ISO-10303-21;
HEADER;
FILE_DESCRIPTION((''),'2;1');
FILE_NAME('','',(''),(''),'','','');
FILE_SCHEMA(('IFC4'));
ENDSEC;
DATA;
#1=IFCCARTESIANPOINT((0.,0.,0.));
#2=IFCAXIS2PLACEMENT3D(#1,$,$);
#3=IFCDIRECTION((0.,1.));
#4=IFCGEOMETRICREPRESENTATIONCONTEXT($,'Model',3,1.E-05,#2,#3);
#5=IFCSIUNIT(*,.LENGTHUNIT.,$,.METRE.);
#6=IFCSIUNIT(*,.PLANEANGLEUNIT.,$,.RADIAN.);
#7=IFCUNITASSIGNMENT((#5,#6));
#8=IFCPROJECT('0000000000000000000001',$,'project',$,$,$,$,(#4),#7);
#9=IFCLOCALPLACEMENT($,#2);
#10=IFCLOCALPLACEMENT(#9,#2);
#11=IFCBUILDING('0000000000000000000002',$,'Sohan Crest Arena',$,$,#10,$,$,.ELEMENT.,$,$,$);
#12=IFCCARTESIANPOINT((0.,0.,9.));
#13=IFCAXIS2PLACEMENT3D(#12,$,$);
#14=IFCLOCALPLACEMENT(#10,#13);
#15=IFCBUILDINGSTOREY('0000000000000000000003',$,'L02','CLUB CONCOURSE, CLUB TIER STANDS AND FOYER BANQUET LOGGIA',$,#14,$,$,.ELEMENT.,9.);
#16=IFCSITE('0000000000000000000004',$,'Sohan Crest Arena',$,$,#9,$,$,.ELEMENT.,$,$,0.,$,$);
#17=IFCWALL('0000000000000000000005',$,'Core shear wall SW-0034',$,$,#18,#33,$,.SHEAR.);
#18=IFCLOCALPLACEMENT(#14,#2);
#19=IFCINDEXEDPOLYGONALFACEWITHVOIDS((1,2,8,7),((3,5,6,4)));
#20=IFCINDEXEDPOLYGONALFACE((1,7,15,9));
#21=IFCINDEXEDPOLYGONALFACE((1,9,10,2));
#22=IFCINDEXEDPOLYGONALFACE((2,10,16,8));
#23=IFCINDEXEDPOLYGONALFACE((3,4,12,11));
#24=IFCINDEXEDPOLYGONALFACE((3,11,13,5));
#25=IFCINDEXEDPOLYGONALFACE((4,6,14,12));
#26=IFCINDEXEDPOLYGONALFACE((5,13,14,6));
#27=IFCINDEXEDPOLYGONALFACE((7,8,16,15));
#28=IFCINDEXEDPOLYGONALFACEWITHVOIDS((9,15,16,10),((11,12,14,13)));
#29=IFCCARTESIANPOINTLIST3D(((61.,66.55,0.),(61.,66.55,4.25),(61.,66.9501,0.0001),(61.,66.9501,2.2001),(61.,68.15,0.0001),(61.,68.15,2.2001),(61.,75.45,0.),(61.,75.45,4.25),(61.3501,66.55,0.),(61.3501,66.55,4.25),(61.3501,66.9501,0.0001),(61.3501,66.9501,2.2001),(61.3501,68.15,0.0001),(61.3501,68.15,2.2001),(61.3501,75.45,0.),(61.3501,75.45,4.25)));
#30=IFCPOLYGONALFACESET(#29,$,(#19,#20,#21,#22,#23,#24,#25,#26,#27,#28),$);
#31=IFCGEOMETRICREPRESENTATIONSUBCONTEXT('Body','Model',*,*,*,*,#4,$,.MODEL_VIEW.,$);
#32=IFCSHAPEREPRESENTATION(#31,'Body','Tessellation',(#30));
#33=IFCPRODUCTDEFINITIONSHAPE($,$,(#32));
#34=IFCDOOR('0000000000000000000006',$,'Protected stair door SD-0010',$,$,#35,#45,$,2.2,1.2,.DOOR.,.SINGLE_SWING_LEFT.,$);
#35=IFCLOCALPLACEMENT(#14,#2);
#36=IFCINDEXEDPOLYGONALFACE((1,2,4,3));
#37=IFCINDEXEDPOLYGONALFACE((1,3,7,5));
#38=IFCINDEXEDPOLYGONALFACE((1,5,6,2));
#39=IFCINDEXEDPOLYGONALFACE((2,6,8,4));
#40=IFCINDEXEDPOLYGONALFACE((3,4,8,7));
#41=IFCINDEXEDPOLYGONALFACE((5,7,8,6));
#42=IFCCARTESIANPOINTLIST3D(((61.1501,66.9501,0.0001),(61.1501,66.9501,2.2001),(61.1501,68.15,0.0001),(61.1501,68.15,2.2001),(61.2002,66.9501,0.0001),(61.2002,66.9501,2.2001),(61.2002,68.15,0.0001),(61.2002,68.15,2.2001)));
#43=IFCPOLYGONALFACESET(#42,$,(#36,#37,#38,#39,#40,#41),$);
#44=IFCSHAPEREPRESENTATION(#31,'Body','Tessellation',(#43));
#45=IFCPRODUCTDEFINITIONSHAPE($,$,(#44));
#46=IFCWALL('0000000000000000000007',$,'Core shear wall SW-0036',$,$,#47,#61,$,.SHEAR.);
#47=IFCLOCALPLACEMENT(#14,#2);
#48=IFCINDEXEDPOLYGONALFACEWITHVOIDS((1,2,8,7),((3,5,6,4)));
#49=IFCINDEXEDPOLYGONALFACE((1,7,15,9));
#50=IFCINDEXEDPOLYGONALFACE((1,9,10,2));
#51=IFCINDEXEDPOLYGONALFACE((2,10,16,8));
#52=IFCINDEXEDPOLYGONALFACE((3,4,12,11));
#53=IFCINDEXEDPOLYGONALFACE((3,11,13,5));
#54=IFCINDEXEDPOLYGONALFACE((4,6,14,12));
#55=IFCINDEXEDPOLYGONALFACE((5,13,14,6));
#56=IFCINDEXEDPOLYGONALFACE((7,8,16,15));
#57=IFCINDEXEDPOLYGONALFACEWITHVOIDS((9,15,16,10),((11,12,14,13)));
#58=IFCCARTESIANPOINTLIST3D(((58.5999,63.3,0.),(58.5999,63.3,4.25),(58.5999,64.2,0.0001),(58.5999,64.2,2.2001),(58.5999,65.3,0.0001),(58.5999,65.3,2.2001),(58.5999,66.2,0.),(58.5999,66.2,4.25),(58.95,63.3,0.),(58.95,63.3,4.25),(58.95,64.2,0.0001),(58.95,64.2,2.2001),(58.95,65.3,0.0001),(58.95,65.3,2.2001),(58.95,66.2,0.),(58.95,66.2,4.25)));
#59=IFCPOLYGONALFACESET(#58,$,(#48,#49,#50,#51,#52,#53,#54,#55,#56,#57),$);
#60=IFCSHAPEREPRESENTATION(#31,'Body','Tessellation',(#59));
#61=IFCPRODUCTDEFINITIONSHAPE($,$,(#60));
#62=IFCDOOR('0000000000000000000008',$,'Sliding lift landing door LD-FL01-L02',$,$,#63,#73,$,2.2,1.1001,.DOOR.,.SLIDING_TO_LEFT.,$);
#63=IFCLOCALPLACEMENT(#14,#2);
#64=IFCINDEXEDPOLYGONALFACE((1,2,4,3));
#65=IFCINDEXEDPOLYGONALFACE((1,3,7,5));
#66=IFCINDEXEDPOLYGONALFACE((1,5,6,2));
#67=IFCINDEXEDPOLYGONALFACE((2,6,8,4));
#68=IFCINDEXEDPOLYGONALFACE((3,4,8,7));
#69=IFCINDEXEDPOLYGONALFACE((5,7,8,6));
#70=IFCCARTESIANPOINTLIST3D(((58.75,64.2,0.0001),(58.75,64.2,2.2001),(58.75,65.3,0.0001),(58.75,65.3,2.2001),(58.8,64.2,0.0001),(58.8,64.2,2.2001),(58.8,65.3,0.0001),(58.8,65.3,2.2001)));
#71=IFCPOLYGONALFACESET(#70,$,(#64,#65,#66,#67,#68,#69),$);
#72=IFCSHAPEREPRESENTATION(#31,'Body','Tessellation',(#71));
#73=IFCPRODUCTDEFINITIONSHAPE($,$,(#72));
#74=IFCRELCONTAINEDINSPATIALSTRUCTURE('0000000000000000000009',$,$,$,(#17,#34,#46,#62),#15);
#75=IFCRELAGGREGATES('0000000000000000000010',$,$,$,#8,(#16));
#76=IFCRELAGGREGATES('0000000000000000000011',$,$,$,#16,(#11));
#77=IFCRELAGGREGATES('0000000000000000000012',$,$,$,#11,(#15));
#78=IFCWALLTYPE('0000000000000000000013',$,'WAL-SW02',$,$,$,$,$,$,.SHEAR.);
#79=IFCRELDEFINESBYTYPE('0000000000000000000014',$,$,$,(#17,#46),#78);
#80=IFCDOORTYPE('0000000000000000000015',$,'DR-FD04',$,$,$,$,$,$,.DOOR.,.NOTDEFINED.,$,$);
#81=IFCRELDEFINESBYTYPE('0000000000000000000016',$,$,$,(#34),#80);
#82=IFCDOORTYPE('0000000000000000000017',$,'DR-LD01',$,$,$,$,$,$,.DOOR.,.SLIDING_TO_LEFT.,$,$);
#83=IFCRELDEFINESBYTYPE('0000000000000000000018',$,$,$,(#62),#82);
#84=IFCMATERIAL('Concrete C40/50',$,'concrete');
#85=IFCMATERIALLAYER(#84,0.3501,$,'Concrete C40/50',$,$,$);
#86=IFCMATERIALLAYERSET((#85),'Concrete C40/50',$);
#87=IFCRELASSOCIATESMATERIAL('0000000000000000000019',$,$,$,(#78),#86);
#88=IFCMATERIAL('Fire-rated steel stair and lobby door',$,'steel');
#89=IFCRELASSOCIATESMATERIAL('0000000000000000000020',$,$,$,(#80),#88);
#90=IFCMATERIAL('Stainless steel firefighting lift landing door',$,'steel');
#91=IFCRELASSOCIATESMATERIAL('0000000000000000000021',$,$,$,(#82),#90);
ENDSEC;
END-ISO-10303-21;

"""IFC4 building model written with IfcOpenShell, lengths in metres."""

from ifc_helpers import new_model, si_unit, direction, frame, frame_2d, origin, place, context, subcontext, project, spatial, rectangle, extrude, material, layer, layer_set, type_object, element, fill, save


model = new_model("IFC4")

# Units and contexts
model_context = context("Model", 3, precision=1e-05, world=origin(), true_north=direction((0.0, 1.0)))
body_context = subcontext(model_context, "Body", "Model", "MODEL_VIEW")
ifc_project = project(units=[si_unit("LENGTHUNIT", "METRE"), si_unit("PLANEANGLEUNIT", "RADIAN")], contexts=[model_context])

# Site, building, storey
site_placement = place(None, origin())
site = spatial("IfcSite", under=ifc_project, at=site_placement, Name="Sohan Crest Arena", CompositionType="ELEMENT", RefElevation=0.0)
building_placement = place(site_placement, origin())
building = spatial("IfcBuilding", under=site, at=building_placement, Name="Sohan Crest Arena", CompositionType="ELEMENT")
storey_placement = place(building_placement, frame((0.0, 0.0, 9.0)))
storey = spatial("IfcBuildingStorey", under=building, at=storey_placement, Name="L02", Description="CLUB CONCOURSE, CLUB TIER STANDS AND FOYER BANQUET LOGGIA", CompositionType="ELEMENT", Elevation=9.0)

# Walls, openings, doors
ifc_material_1 = material(Name="Concrete C40/50", Category="concrete")
ifc_layer_1 = layer(ifc_material_1, 0.3501, Name="Concrete C40/50")
ifc_layer_set_1 = layer_set([ifc_layer_1], Name="Concrete C40/50")
wall_type = type_object("IfcWallType", Name="WAL-SW02", PredefinedType="SHEAR", material=ifc_layer_set_1)
wall_1_placement = place(storey_placement, frame((61.175, 66.55, 0.0), z_axis=(0.0, 0.0, 1.0), x_axis=(0.0, 1.0, 0.0)))
wall_1 = element("IfcWall", 1, at=wall_1_placement, inside=storey, type_object=wall_type, Name="Core shear wall SW-0034", PredefinedType="SHEAR", context=body_context, shape_type="SweptSolid", body=[
    extrude(rectangle(XDim=8.8999, YDim=0.3501, at=frame_2d((4.45, 0.0))), origin(), (0.0, 0.0, 1.0), 4.25),
])
opening_1_placement = place(wall_1_placement, frame((0.3999, 0.0, 0.0)))
opening_1 = element("IfcOpeningElement", 2, at=opening_1_placement, cuts=wall_1, PredefinedType="OPENING", context=body_context, shape_type="SweptSolid", body=[
    extrude(rectangle(XDim=1.2, YDim=2.2, at=frame_2d((0.6001, 1.1001))), frame((0.0, 0.1851, 0.0), z_axis=(0.0, -1.0, 0.0), x_axis=(1.0, 0.0, 0.0)), (0.0, 0.0, 1.0), 0.3701),
])
ifc_material_2 = material(Name="Fire-rated steel stair and lobby door", Category="steel")
door_type_1 = type_object("IfcDoorType", Name="DR-FD04", OperationType="NOTDEFINED", PredefinedType="DOOR", material=ifc_material_2)
door_1_placement = place(opening_1_placement, origin())
door_1 = element("IfcDoor", 3, at=door_1_placement, inside=storey, type_object=door_type_1, Name="Protected stair door SD-0010", OperationType="SINGLE_SWING_LEFT", OverallHeight=2.2, OverallWidth=1.2, PredefinedType="DOOR", context=body_context, shape_type="SweptSolid", body=[
    extrude(rectangle(XDim=1.2, YDim=2.2, at=frame_2d((0.6001, 1.1001))), frame((0.0, 0.0249, 0.0), z_axis=(0.0, -1.0, 0.0), x_axis=(1.0, 0.0, 0.0)), (0.0, 0.0, 1.0), 0.05),
])
fill(opening_1, door_1)
wall_2_placement = place(storey_placement, frame((58.7749, 63.3, 0.0), z_axis=(0.0, 0.0, 1.0), x_axis=(0.0, 1.0, 0.0)))
wall_2 = element("IfcWall", 4, at=wall_2_placement, inside=storey, type_object=wall_type, Name="Core shear wall SW-0036", PredefinedType="SHEAR", context=body_context, shape_type="SweptSolid", body=[
    extrude(rectangle(XDim=2.8999, YDim=0.3501, at=frame_2d((1.45, 0.0))), origin(), (0.0, 0.0, 1.0), 4.25),
])
opening_2_placement = place(wall_2_placement, frame((0.8999, 0.0, 0.0)))
opening_2 = element("IfcOpeningElement", 5, at=opening_2_placement, cuts=wall_2, PredefinedType="OPENING", context=body_context, shape_type="SweptSolid", body=[
    extrude(rectangle(XDim=1.1001, YDim=2.2, at=frame_2d((0.55, 1.1001))), frame((0.0, 0.1851, 0.0), z_axis=(0.0, -1.0, 0.0), x_axis=(1.0, 0.0, 0.0)), (0.0, 0.0, 1.0), 0.3701),
])
ifc_material_3 = material(Name="Stainless steel firefighting lift landing door", Category="steel")
door_type_2 = type_object("IfcDoorType", Name="DR-LD01", OperationType="SLIDING_TO_LEFT", PredefinedType="DOOR", material=ifc_material_3)
door_2_placement = place(opening_2_placement, origin())
door_2 = element("IfcDoor", 6, at=door_2_placement, inside=storey, type_object=door_type_2, Name="Sliding lift landing door LD-FL01-L02", OperationType="SLIDING_TO_LEFT", OverallHeight=2.2, OverallWidth=1.1001, PredefinedType="DOOR", context=body_context, shape_type="SweptSolid", body=[
    extrude(rectangle(XDim=1.1001, YDim=2.2, at=frame_2d((0.55, 1.1001))), frame((0.0, 0.0249, 0.0), z_axis=(0.0, -1.0, 0.0), x_axis=(1.0, 0.0, 0.0)), (0.0, 0.0, 1.0), 0.05),
])
fill(opening_2, door_2)

save(model, "model.ifc")
